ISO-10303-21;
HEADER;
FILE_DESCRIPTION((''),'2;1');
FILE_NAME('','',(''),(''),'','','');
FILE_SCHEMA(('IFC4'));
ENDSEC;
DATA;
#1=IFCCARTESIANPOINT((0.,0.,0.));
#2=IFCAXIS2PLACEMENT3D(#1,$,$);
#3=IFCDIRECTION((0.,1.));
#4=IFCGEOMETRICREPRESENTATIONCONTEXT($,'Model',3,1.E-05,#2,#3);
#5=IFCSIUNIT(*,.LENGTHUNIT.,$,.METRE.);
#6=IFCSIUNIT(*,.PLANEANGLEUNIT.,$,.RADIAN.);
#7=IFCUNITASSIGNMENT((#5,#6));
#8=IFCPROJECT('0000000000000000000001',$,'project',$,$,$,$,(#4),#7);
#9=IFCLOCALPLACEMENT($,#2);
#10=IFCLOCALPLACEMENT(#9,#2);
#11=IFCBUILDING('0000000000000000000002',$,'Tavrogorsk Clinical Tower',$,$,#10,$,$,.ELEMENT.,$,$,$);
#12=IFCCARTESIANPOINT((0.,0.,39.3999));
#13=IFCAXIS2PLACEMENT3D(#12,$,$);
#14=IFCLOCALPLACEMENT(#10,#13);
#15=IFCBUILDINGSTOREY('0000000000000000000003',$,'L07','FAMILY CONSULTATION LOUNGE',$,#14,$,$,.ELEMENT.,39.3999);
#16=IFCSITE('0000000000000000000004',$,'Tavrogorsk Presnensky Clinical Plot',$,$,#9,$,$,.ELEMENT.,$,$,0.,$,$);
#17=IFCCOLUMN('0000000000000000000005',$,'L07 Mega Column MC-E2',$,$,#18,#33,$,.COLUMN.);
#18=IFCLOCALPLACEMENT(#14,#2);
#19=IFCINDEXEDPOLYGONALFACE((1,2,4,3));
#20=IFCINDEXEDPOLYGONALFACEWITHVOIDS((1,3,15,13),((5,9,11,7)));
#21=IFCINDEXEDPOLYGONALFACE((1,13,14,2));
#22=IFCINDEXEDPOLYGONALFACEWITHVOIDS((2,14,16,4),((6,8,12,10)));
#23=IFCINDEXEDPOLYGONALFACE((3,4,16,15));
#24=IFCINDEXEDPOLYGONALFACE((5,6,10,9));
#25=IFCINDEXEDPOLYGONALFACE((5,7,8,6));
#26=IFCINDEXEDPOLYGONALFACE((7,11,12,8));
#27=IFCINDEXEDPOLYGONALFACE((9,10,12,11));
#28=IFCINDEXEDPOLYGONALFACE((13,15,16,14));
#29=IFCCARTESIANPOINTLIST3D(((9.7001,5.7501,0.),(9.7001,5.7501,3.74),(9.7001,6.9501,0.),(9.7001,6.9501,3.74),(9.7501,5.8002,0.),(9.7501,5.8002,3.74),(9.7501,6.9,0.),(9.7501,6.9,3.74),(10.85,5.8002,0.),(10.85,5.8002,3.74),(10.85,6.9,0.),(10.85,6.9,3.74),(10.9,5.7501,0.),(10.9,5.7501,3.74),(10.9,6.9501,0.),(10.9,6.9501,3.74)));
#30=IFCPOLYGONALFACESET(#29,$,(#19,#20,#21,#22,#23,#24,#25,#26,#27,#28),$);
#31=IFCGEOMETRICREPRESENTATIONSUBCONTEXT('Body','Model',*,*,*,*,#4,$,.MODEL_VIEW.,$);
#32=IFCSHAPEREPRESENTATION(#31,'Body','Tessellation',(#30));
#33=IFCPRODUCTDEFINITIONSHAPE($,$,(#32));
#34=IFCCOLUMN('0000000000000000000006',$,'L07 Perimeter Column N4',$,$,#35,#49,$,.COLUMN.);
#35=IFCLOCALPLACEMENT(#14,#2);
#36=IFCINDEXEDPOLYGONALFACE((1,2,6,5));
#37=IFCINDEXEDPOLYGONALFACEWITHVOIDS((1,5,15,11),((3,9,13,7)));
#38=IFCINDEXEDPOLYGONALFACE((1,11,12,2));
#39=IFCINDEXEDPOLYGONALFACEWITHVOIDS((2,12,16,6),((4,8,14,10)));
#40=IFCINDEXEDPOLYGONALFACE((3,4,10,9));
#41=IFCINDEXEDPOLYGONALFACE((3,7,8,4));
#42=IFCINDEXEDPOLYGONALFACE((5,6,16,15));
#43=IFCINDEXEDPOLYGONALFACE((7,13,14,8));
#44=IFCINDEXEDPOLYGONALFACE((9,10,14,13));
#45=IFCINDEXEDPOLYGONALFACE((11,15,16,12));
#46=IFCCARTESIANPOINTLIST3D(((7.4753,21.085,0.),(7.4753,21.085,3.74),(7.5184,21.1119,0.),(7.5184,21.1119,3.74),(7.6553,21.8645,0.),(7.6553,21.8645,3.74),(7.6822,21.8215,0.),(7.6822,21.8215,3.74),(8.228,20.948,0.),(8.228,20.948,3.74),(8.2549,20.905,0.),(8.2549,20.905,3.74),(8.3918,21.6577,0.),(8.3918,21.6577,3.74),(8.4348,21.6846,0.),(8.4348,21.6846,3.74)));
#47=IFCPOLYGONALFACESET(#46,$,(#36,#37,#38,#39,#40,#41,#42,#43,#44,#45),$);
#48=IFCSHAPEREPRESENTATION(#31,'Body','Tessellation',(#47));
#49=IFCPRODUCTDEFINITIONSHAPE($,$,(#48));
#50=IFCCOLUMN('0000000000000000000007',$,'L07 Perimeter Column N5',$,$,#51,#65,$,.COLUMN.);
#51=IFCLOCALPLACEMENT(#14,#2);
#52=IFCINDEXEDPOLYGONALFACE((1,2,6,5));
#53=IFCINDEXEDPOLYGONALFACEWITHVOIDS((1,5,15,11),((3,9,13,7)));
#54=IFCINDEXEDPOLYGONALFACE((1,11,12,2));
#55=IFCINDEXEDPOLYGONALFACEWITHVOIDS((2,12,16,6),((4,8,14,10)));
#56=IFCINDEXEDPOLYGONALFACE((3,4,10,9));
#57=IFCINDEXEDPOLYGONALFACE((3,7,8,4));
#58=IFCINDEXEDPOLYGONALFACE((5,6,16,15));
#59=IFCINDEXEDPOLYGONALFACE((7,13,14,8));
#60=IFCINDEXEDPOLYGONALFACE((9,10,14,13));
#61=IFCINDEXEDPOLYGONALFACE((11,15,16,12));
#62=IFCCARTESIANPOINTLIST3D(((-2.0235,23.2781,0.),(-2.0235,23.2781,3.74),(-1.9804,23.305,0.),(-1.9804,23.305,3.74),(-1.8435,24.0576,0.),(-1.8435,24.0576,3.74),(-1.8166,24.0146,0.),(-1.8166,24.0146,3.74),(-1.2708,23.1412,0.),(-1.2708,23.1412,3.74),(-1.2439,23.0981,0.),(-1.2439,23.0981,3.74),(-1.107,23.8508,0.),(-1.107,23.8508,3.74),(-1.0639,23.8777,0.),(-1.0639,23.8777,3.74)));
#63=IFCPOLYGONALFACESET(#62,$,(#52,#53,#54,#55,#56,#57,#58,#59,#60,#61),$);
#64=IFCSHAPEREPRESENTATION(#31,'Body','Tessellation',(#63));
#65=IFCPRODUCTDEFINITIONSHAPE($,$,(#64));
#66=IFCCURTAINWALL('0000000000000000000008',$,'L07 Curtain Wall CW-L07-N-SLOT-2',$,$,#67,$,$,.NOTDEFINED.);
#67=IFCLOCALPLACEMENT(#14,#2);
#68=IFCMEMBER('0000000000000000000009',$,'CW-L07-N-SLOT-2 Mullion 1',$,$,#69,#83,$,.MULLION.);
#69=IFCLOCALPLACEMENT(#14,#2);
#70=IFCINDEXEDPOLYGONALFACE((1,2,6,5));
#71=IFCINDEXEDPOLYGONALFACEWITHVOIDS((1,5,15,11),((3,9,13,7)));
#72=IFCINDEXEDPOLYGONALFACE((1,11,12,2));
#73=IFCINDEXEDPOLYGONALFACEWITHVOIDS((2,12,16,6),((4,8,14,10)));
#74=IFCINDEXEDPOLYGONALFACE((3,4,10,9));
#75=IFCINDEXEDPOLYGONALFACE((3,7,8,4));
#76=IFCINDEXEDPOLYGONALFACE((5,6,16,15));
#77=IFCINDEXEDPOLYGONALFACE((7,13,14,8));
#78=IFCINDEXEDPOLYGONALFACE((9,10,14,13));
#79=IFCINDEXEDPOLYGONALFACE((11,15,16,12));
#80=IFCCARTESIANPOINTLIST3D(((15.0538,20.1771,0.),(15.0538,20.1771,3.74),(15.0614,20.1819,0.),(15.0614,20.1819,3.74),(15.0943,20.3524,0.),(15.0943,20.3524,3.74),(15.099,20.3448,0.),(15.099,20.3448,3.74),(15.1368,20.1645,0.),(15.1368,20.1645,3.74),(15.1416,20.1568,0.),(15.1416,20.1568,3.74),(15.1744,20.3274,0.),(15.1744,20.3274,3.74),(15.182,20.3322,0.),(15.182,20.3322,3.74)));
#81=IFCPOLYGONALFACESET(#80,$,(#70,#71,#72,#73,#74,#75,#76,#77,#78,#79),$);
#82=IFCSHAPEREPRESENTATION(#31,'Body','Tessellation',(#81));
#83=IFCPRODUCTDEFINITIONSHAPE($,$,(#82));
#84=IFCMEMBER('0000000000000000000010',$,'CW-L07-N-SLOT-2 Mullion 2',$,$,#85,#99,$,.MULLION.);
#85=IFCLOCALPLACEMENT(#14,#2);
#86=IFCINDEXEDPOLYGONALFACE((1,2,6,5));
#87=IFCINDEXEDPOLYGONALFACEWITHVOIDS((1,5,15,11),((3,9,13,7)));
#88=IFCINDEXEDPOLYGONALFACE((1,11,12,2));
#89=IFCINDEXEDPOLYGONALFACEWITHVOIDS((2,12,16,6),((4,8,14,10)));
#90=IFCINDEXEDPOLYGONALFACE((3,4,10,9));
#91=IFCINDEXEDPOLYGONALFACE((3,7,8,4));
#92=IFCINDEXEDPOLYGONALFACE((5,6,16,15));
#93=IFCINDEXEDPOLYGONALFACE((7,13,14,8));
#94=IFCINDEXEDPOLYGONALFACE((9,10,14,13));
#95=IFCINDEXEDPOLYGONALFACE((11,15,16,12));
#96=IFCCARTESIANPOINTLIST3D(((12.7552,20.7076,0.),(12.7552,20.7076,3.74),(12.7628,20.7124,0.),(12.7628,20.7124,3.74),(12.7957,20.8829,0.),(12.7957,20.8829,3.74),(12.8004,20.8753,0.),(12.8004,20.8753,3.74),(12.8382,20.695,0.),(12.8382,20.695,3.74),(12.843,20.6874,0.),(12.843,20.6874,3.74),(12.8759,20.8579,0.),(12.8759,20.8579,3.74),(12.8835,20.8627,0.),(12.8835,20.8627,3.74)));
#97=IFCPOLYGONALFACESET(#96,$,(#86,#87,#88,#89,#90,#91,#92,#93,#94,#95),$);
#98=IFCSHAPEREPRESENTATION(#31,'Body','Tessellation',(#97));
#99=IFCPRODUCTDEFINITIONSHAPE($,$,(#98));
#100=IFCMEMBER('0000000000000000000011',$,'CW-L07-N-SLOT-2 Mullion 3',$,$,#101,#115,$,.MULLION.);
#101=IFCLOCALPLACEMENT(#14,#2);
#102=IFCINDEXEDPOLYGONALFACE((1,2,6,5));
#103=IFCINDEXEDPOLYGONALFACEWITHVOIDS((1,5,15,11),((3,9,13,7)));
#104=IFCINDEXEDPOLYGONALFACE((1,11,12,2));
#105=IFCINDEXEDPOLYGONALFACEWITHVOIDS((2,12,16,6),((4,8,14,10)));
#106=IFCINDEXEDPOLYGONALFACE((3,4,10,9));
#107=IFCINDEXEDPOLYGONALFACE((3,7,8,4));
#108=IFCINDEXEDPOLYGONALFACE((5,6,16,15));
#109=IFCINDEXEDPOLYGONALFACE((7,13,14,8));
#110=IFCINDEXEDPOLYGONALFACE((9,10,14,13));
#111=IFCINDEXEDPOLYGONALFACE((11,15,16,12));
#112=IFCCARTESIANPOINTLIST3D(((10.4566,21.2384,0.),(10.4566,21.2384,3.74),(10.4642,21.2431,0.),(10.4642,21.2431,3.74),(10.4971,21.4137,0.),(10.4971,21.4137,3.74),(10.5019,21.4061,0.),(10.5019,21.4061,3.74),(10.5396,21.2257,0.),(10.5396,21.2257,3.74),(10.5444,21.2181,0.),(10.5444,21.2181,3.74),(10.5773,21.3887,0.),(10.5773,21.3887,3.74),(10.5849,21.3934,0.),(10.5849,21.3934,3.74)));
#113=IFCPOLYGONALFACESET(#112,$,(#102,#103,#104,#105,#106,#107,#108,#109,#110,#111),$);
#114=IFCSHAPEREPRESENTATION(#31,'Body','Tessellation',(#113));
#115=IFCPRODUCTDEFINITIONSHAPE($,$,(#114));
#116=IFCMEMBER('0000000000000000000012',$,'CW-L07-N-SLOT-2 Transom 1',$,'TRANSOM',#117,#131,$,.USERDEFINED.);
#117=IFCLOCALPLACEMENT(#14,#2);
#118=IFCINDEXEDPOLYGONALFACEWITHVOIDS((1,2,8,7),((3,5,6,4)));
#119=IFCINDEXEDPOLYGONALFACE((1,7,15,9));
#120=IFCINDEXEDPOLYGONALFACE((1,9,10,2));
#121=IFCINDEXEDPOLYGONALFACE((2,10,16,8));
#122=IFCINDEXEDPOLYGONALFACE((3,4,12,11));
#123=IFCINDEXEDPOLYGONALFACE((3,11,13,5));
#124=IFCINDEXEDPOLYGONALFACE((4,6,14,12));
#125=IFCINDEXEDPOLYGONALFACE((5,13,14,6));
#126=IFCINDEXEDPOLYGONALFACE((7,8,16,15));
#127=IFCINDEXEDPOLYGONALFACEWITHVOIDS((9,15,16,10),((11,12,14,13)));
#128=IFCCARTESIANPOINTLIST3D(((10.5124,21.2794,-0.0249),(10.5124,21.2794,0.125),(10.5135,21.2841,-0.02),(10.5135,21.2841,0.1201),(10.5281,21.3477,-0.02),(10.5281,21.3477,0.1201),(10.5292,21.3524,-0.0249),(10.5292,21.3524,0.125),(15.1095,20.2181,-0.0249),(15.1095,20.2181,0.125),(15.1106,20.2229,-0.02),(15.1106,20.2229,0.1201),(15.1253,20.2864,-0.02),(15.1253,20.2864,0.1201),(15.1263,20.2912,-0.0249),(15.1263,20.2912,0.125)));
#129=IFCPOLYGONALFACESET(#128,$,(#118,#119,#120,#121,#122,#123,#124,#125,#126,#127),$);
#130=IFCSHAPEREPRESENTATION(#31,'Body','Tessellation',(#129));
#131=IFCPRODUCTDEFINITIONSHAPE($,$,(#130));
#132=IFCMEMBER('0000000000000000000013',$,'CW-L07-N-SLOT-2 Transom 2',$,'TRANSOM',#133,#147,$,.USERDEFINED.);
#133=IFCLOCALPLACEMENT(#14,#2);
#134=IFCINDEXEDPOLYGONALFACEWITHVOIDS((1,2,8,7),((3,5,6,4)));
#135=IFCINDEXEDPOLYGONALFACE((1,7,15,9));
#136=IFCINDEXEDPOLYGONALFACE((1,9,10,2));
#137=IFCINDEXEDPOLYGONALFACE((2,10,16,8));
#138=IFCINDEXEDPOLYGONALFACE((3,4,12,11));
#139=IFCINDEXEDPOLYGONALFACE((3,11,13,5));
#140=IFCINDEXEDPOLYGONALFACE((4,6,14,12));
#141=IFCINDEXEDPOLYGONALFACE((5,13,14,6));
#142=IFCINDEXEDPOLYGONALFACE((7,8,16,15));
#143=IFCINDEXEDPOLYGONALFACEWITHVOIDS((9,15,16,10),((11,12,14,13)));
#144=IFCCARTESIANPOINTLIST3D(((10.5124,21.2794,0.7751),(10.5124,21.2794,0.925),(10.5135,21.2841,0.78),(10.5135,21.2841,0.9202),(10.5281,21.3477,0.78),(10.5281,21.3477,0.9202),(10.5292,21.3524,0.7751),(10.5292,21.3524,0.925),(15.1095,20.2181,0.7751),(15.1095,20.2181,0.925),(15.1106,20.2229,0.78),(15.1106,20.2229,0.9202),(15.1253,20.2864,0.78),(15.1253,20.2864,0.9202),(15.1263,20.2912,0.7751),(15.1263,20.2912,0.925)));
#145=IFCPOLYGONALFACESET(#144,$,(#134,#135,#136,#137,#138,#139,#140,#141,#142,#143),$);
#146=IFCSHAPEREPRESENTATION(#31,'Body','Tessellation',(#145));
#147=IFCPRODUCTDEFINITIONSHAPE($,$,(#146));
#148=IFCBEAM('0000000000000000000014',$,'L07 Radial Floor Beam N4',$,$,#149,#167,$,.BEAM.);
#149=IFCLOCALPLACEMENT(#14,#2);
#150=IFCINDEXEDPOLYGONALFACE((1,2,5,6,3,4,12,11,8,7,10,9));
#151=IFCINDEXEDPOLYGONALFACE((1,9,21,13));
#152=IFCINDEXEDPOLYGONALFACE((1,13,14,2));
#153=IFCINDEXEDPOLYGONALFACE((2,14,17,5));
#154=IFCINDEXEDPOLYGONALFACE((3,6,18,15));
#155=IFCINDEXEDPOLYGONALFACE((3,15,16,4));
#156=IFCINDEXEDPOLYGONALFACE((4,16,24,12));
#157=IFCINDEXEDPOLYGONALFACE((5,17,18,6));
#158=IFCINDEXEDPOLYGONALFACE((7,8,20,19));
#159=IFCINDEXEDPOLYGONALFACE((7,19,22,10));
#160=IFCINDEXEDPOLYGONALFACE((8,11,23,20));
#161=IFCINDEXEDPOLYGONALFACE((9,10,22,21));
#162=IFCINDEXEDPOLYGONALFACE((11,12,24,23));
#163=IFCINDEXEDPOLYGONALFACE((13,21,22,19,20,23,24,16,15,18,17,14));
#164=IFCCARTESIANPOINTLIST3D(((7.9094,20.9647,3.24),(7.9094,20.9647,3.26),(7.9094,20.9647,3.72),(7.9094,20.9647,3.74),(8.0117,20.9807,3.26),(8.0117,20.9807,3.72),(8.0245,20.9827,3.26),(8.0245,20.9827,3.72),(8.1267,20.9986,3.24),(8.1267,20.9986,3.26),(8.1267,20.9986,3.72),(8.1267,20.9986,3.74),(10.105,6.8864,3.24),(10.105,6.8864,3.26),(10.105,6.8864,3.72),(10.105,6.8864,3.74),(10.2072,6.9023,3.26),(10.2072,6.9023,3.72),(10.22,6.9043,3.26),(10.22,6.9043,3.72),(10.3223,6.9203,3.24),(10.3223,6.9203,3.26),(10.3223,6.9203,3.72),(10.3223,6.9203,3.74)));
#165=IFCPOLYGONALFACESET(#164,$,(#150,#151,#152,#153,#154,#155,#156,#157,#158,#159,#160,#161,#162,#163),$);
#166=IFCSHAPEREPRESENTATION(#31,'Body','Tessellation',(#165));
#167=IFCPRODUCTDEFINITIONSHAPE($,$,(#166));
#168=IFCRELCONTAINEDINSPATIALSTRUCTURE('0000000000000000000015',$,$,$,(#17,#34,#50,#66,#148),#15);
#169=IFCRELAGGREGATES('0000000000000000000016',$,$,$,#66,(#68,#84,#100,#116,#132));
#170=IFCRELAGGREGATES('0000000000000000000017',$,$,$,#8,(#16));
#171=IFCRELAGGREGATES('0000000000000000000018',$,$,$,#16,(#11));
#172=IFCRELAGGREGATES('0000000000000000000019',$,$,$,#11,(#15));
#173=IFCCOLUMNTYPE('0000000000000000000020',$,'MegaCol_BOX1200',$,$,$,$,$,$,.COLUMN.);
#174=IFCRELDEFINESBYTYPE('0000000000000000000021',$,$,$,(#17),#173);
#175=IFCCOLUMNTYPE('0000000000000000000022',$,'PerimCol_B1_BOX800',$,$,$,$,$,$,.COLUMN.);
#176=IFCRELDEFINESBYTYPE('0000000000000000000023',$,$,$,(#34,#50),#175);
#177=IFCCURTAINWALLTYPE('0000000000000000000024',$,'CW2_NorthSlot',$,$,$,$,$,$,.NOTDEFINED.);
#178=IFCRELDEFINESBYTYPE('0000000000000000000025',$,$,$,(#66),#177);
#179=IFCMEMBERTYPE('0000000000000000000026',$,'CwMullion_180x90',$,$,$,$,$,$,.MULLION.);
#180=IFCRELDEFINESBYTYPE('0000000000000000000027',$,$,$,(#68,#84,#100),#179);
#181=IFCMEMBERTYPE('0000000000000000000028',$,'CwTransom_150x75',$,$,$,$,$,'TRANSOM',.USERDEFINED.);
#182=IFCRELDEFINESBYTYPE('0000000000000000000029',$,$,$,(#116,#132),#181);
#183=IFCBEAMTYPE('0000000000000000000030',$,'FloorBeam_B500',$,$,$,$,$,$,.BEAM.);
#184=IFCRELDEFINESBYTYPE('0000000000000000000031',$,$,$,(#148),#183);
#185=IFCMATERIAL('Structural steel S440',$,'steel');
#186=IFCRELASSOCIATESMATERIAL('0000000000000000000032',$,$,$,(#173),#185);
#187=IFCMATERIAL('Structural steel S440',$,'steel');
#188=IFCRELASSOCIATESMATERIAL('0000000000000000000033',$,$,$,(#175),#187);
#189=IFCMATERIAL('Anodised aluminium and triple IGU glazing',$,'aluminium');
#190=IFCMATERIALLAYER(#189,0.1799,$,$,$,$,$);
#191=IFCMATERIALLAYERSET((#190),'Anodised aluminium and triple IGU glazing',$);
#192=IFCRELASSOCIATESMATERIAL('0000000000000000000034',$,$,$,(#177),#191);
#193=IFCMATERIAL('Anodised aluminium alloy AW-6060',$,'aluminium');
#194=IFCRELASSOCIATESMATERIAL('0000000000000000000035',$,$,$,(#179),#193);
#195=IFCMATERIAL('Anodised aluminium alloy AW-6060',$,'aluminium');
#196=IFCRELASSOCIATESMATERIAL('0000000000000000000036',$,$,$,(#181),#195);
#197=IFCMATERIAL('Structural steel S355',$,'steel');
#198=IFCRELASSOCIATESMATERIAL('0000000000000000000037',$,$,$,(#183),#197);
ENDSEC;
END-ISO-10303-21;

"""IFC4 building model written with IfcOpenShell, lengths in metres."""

from ifc_helpers import new_model, si_unit, direction, frame, origin, origin_2d, place, context, subcontext, project, spatial, hollow_rectangle, i_section, extrude, material, layer, layer_set, material_profile, profile_set, type_object, element, aggregate, save


model = new_model("IFC4")

# Units and contexts
model_context = context("Model", 3, precision=1e-05, world=origin(), true_north=direction((0.0, 1.0)))
body_context = subcontext(model_context, "Body", "Model", "MODEL_VIEW")
ifc_project = project(units=[si_unit("LENGTHUNIT", "METRE"), si_unit("PLANEANGLEUNIT", "RADIAN")], contexts=[model_context])

# Site, building, storey
site_placement = place(None, origin())
site = spatial("IfcSite", under=ifc_project, at=site_placement, Name="Tavrogorsk Presnensky Clinical Plot", CompositionType="ELEMENT", RefElevation=0.0)
building_placement = place(site_placement, origin())
building = spatial("IfcBuilding", under=site, at=building_placement, Name="Tavrogorsk Clinical Tower", CompositionType="ELEMENT")
storey_placement = place(building_placement, frame((0.0, 0.0, 39.3999)))
storey = spatial("IfcBuildingStorey", under=building, at=storey_placement, Name="L07", Description="FAMILY CONSULTATION LOUNGE", CompositionType="ELEMENT", Elevation=39.3999)

# Columns
ifc_material_1 = material(Name="Structural steel S440", Category="steel")
ifc_material_profile_1 = material_profile(ifc_material_1, hollow_rectangle(XDim=1.2, YDim=1.2, WallThickness=0.05, at=origin_2d()), Name="BOX-1200x1200x50")
ifc_profile_set_1 = profile_set([ifc_material_profile_1], Name="Structural steel S440")
column_type_1 = type_object("IfcColumnType", Name="MegaCol_BOX1200", PredefinedType="COLUMN", material=ifc_profile_set_1)
column_placement = place(storey_placement, frame((10.3, 6.3501, 0.0), z_axis=(0.0, 0.0, 1.0), x_axis=(1.0, 0.0, 0.0)))
element("IfcColumn", 1, at=column_placement, inside=storey, type_object=column_type_1, Name="L07 Mega Column MC-E2", PredefinedType="COLUMN", context=body_context, shape_type="SweptSolid", body=[
    extrude(hollow_rectangle(XDim=1.2, YDim=1.2, WallThickness=0.05, at=origin_2d()), origin(), (0.0, 0.0, 1.0), 3.74),
])
ifc_material_2 = material(Name="Structural steel S440", Category="steel")
ifc_material_profile_2 = material_profile(ifc_material_2, hollow_rectangle(XDim=0.8, YDim=0.8, WallThickness=0.0359, at=origin_2d()), Name="BOX-800x800x36")
ifc_profile_set_2 = profile_set([ifc_material_profile_2], Name="Structural steel S440")
column_type_2 = type_object("IfcColumnType", Name="PerimCol_B1_BOX800", PredefinedType="COLUMN", material=ifc_profile_set_2)
for number, where, z_axis, x_axis, name in (
    (2, (7.9551, 21.3848, 0.0), (0.0, 0.0, 1.0), (0.97437, -0.224951, 0.0), "L07 Perimeter Column N4"),
    (3, (-1.5437, 23.5779, 0.0), (0.0, 0.0, 1.0), (0.97437, -0.224951, 0.0), "L07 Perimeter Column N5"),
):
    element("IfcColumn", number, at=place(storey_placement, frame(where, z_axis=z_axis, x_axis=x_axis)), inside=storey, type_object=column_type_2, Name=name, PredefinedType="COLUMN", context=body_context, shape_type="SweptSolid", body=[
        extrude(hollow_rectangle(XDim=0.8, YDim=0.8, WallThickness=0.0359, at=origin_2d()), origin(), (0.0, 0.0, 1.0), 3.74),
    ])

# Curtain wall, members
ifc_material_3 = material(Name="Anodised aluminium and triple IGU glazing", Category="aluminium")
ifc_layer_1 = layer(ifc_material_3, 0.1799)
ifc_layer_set_1 = layer_set([ifc_layer_1], Name="Anodised aluminium and triple IGU glazing")
curtain_wall_type = type_object("IfcCurtainWallType", Name="CW2_NorthSlot", PredefinedType="NOTDEFINED", material=ifc_layer_set_1)
curtain_wall_placement = place(storey_placement, origin())
curtain_wall = element("IfcCurtainWall", 4, at=curtain_wall_placement, inside=storey, type_object=curtain_wall_type, Name="L07 Curtain Wall CW-L07-N-SLOT-2", PredefinedType="NOTDEFINED")
ifc_material_4 = material(Name="Anodised aluminium alloy AW-6060", Category="aluminium")
ifc_material_profile_3 = material_profile(ifc_material_4, hollow_rectangle(XDim=0.0901, YDim=0.1799, WallThickness=0.0063, at=origin_2d()), Name="RHS-180x90x6.3")
ifc_profile_set_3 = profile_set([ifc_material_profile_3], Name="Anodised aluminium alloy AW-6060")
member_type_1 = type_object("IfcMemberType", Name="CwMullion_180x90", PredefinedType="MULLION", material=ifc_profile_set_3)
member_1_placement = place(storey_placement, frame((15.1179, 20.2546, 0.0), z_axis=(0.0, 0.0, 1.0), x_axis=(-0.97437, 0.224951, 0.0)))
member_1 = element("IfcMember", 5, at=member_1_placement, type_object=member_type_1, Name="CW-L07-N-SLOT-2 Mullion 1", PredefinedType="MULLION", context=body_context, shape_type="SweptSolid", body=[
    extrude(hollow_rectangle(XDim=0.0901, YDim=0.1799, WallThickness=0.0063, at=origin_2d()), origin(), (0.0, 0.0, 1.0), 3.74),
])
member_2_placement = place(storey_placement, frame((12.8193, 20.7852, 0.0), z_axis=(0.0, 0.0, 1.0), x_axis=(-0.97437, 0.224951, 0.0)))
member_2 = element("IfcMember", 6, at=member_2_placement, type_object=member_type_1, Name="CW-L07-N-SLOT-2 Mullion 2", PredefinedType="MULLION", context=body_context, shape_type="SweptSolid", body=[
    extrude(hollow_rectangle(XDim=0.0901, YDim=0.1799, WallThickness=0.0063, at=origin_2d()), origin(), (0.0, 0.0, 1.0), 3.74),
])
member_3_placement = place(storey_placement, frame((10.5208, 21.3159, 0.0), z_axis=(0.0, 0.0, 1.0), x_axis=(-0.97437, 0.224951, 0.0)))
member_3 = element("IfcMember", 7, at=member_3_placement, type_object=member_type_1, Name="CW-L07-N-SLOT-2 Mullion 3", PredefinedType="MULLION", context=body_context, shape_type="SweptSolid", body=[
    extrude(hollow_rectangle(XDim=0.0901, YDim=0.1799, WallThickness=0.0063, at=origin_2d()), origin(), (0.0, 0.0, 1.0), 3.74),
])
ifc_material_5 = material(Name="Anodised aluminium alloy AW-6060", Category="aluminium")
ifc_material_profile_4 = material_profile(ifc_material_5, hollow_rectangle(XDim=0.075, YDim=0.1499, WallThickness=0.0049, at=origin_2d()), Name="RHS-150x75x5")
ifc_profile_set_4 = profile_set([ifc_material_profile_4], Name="Anodised aluminium alloy AW-6060")
member_type_2 = type_object("IfcMemberType", Name="CwTransom_150x75", ElementType="TRANSOM", PredefinedType="USERDEFINED", material=ifc_profile_set_4)
member_4_placement = place(storey_placement, frame((15.1179, 20.2546, 0.05), z_axis=(-0.974373, 0.224939, 0.0), x_axis=(-0.224939, -0.974373, 0.0)))
member_4 = element("IfcMember", 8, at=member_4_placement, type_object=member_type_2, Name="CW-L07-N-SLOT-2 Transom 1", ObjectType="TRANSOM", PredefinedType="USERDEFINED", context=body_context, shape_type="SweptSolid", body=[
    extrude(hollow_rectangle(XDim=0.075, YDim=0.1499, WallThickness=0.0049, at=origin_2d()), origin(), (0.0, 0.0, 1.0), 4.718),
])
member_5_placement = place(storey_placement, frame((15.1179, 20.2546, 0.8501), z_axis=(-0.974373, 0.224939, 0.0), x_axis=(-0.224939, -0.974373, 0.0)))
member_5 = element("IfcMember", 9, at=member_5_placement, type_object=member_type_2, Name="CW-L07-N-SLOT-2 Transom 2", ObjectType="TRANSOM", PredefinedType="USERDEFINED", context=body_context, shape_type="SweptSolid", body=[
    extrude(hollow_rectangle(XDim=0.075, YDim=0.1499, WallThickness=0.0049, at=origin_2d()), origin(), (0.0, 0.0, 1.0), 4.718),
])

# Beam
ifc_material_6 = material(Name="Structural steel S355", Category="steel")
ifc_material_profile_5 = material_profile(ifc_material_6, i_section(OverallWidth=0.22, OverallDepth=0.5, WebThickness=0.0129, FlangeThickness=0.02, at=origin_2d()), Name="B-500x220x13x20")
ifc_profile_set_5 = profile_set([ifc_material_profile_5], Name="Structural steel S355")
beam_type_1 = type_object("IfcBeamType", Name="FloorBeam_B500", PredefinedType="BEAM", material=ifc_profile_set_5)
beam_placement = place(storey_placement, frame((10.2136, 6.9033, 3.49), z_axis=(-0.15409, 0.988057, 0.0), x_axis=(-0.988057, -0.15409, 0.0)))
element("IfcBeam", 10, at=beam_placement, inside=storey, type_object=beam_type_1, Name="L07 Radial Floor Beam N4", PredefinedType="BEAM", context=body_context, shape_type="SweptSolid", body=[
    extrude(i_section(OverallWidth=0.22, OverallDepth=0.5, WebThickness=0.0129, FlangeThickness=0.02, at=origin_2d()), origin(), (0.0, 0.0, 1.0), 14.2485),
])

aggregate(curtain_wall, [member_1, member_2, member_3, member_4, member_5])

save(model, "model.ifc")
